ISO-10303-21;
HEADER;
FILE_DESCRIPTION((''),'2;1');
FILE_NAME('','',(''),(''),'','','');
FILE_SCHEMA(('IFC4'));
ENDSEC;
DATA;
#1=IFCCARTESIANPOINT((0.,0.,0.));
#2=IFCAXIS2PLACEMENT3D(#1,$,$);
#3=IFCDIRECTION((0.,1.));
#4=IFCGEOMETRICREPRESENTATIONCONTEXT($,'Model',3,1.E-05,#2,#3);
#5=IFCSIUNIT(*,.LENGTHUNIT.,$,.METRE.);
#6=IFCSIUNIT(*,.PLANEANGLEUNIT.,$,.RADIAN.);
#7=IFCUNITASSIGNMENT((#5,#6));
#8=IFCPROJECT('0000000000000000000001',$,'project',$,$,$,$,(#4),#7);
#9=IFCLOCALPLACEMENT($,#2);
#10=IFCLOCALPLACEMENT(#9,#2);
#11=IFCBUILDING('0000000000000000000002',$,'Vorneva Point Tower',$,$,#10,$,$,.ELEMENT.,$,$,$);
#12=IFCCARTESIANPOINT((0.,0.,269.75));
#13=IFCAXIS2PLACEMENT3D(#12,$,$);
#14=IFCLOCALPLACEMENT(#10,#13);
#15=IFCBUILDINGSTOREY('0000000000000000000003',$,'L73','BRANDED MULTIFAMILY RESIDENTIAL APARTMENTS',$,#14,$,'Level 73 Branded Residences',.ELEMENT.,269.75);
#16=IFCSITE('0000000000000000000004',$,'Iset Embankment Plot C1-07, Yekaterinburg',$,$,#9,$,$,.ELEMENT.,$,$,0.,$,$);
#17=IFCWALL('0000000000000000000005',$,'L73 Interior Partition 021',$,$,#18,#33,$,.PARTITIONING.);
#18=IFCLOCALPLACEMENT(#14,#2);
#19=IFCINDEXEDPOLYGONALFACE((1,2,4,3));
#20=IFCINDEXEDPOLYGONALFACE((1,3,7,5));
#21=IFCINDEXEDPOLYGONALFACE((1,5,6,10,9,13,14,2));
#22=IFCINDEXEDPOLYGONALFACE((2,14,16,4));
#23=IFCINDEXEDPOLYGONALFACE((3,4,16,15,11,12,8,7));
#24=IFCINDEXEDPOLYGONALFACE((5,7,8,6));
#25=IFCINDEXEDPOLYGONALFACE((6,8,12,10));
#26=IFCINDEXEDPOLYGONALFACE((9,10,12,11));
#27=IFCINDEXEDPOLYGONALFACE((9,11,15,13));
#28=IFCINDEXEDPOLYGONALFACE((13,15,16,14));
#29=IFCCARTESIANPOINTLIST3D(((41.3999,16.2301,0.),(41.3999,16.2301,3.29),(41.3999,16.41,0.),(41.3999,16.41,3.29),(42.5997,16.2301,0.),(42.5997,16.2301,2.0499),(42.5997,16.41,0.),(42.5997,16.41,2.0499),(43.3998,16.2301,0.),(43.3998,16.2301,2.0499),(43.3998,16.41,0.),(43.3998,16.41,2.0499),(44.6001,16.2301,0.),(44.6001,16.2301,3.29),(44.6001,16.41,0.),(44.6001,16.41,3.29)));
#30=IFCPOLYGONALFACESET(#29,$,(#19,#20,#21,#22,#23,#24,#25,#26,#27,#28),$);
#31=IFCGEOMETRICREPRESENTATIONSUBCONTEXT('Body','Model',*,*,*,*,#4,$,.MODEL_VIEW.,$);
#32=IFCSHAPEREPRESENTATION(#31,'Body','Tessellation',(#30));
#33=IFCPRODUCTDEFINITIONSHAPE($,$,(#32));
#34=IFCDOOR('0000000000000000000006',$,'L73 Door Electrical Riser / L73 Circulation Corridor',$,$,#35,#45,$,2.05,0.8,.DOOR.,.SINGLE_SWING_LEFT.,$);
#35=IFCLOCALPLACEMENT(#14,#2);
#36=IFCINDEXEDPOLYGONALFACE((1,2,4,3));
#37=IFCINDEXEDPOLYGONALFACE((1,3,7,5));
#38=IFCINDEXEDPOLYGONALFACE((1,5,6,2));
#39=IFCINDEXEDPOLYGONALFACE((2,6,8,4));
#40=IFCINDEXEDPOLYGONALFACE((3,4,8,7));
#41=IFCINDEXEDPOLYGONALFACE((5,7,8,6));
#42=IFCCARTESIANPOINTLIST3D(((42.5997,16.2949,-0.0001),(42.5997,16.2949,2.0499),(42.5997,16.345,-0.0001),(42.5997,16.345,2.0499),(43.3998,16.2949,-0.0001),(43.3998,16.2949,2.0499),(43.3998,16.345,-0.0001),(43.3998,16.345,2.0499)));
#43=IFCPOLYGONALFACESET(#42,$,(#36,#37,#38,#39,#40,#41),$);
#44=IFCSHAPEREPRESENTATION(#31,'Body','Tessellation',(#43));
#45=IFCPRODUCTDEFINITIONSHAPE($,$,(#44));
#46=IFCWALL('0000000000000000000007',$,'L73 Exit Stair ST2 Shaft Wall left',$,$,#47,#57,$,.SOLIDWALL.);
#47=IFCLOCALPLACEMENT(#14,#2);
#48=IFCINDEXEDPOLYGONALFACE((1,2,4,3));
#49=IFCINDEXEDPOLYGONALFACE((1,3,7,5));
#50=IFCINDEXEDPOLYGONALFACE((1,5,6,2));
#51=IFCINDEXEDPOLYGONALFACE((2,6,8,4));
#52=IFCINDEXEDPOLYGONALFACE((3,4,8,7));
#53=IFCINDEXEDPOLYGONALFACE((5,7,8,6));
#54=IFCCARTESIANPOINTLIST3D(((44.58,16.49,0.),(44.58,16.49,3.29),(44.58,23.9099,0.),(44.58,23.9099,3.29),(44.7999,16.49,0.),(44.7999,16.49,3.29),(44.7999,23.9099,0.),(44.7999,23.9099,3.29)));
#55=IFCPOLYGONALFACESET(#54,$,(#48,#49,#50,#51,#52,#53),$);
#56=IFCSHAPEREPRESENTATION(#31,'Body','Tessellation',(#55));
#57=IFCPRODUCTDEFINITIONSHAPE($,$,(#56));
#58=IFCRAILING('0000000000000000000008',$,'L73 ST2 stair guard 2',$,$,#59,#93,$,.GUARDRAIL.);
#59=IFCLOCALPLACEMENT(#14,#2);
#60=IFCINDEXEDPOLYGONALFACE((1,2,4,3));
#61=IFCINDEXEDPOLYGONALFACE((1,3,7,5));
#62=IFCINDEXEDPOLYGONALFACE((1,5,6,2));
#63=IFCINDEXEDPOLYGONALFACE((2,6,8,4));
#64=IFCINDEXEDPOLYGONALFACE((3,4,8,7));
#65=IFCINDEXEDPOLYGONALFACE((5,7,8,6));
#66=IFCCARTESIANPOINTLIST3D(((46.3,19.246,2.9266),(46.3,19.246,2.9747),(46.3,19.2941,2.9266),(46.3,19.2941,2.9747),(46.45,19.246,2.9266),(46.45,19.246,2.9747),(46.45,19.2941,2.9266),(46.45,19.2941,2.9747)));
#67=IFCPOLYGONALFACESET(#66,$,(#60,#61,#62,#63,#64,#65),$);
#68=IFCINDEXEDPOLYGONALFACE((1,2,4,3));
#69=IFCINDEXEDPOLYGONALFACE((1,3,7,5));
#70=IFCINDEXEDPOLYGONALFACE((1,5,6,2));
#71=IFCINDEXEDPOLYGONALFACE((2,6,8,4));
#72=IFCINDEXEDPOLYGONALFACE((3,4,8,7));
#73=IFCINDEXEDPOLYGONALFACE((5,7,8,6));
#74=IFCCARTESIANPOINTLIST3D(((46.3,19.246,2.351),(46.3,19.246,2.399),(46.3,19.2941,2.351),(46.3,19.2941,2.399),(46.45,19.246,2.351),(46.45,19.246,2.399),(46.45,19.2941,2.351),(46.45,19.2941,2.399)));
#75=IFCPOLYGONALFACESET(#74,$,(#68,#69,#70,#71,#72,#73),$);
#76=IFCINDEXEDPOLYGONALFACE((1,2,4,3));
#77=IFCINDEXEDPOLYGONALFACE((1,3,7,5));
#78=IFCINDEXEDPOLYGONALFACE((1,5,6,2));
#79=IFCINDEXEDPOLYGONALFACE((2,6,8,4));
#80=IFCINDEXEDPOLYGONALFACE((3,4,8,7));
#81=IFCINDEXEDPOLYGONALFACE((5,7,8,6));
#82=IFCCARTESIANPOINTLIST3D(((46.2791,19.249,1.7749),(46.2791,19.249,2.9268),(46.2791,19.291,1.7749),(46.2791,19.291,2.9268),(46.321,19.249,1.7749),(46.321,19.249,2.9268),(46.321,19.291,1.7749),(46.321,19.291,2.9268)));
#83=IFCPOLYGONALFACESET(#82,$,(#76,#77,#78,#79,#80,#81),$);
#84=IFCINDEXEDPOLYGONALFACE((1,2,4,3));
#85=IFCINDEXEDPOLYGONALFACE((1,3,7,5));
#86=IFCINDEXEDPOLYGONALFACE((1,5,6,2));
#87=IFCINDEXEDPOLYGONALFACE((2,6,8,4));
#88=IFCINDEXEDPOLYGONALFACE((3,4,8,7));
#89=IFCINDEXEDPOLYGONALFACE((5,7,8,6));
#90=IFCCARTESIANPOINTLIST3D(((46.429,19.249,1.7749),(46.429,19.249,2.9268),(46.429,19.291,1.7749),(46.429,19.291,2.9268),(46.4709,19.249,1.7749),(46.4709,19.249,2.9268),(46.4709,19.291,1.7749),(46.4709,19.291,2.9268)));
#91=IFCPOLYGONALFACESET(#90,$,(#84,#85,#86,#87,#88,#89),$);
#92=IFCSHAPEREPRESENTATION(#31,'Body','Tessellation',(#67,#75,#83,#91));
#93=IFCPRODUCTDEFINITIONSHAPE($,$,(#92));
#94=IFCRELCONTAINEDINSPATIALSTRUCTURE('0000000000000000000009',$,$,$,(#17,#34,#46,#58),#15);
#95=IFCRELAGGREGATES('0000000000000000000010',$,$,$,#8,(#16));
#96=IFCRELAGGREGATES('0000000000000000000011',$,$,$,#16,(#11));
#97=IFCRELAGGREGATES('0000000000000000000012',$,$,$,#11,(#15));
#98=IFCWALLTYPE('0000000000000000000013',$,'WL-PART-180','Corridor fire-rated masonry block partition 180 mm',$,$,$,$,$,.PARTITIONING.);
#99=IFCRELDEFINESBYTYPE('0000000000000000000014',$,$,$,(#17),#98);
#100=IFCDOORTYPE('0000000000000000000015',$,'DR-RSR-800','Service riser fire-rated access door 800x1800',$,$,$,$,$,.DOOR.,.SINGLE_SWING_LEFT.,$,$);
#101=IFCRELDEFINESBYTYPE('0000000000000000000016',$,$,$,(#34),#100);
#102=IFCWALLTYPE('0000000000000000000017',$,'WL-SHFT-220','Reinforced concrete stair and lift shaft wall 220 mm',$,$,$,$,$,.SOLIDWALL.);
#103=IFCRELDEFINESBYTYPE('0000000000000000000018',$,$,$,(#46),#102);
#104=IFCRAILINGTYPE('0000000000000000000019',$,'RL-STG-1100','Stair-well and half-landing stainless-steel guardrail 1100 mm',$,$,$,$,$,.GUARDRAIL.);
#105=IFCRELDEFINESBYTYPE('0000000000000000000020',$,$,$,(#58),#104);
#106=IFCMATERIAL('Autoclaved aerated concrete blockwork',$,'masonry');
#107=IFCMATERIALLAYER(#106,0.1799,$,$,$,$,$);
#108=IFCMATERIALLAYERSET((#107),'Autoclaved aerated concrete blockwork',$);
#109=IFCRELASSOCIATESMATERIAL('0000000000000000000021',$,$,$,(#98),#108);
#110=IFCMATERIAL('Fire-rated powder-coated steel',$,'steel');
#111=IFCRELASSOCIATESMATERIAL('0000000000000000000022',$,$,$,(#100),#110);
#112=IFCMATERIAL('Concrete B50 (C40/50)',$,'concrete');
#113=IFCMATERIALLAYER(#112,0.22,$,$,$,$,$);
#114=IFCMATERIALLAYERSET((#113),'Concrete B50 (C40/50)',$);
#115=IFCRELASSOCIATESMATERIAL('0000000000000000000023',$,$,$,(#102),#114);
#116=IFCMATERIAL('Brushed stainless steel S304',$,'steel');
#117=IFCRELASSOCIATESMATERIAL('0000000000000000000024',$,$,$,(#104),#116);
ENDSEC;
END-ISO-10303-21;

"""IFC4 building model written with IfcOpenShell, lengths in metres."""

from ifc_helpers import new_model, si_unit, direction, frame, frame_2d, origin, origin_2d, place, context, subcontext, project, spatial, rectangle, extrude, material, layer, layer_set, type_object, element, fill, save


model = new_model("IFC4")

# Units and contexts
model_context = context("Model", 3, precision=1e-05, world=origin(), true_north=direction((0.0, 1.0)))
body_context = subcontext(model_context, "Body", "Model", "MODEL_VIEW")
ifc_project = project(units=[si_unit("LENGTHUNIT", "METRE"), si_unit("PLANEANGLEUNIT", "RADIAN")], contexts=[model_context])

# Site, building, storey
site_placement = place(None, origin())
site = spatial("IfcSite", under=ifc_project, at=site_placement, Name="Iset Embankment Plot C1-07, Yekaterinburg", CompositionType="ELEMENT", RefElevation=0.0)
building_placement = place(site_placement, origin())
building = spatial("IfcBuilding", under=site, at=building_placement, Name="Vorneva Point Tower", CompositionType="ELEMENT")
storey_placement = place(building_placement, frame((0.0, 0.0, 269.75)))
storey = spatial("IfcBuildingStorey", under=building, at=storey_placement, Name="L73", Description="BRANDED MULTIFAMILY RESIDENTIAL APARTMENTS", LongName="Level 73 Branded Residences", CompositionType="ELEMENT", Elevation=269.75)

# Wall, opening, door
ifc_material_1 = material(Name="Autoclaved aerated concrete blockwork", Category="masonry")
ifc_layer_1 = layer(ifc_material_1, 0.1799)
ifc_layer_set_1 = layer_set([ifc_layer_1], Name="Autoclaved aerated concrete blockwork")
wall_type_1 = type_object("IfcWallType", Name="WL-PART-180", Description="Corridor fire-rated masonry block partition 180 mm", PredefinedType="PARTITIONING", material=ifc_layer_set_1)
ifc_material_2 = material(Name="Fire-rated powder-coated steel", Category="steel")
door_type_1 = type_object("IfcDoorType", Name="DR-RSR-800", Description="Service riser fire-rated access door 800x1800", OperationType="SINGLE_SWING_LEFT", PredefinedType="DOOR", material=ifc_material_2)
wall_1_placement = place(storey_placement, frame((41.3999, 16.3201, 0.0), z_axis=(0.0, 0.0, 1.0), x_axis=(1.0, 0.0, 0.0)))
wall_1 = element("IfcWall", 1, at=wall_1_placement, inside=storey, type_object=wall_type_1, Name="L73 Interior Partition 021", PredefinedType="PARTITIONING", context=body_context, shape_type="SweptSolid", body=[
    extrude(rectangle(XDim=3.2002, YDim=0.1799, at=frame_2d((1.6001, 0.0))), origin(), (0.0, 0.0, 1.0), 3.29),
])
opening_1_placement = place(wall_1_placement, frame((1.2, 0.0, 0.0)))
opening_1 = element("IfcOpeningElement", 2, at=opening_1_placement, cuts=wall_1, PredefinedType="OPENING", context=body_context, shape_type="SweptSolid", body=[
    extrude(rectangle(XDim=0.8, YDim=2.05, at=frame_2d((0.3999, 1.0249))), frame((0.0, 0.105, 0.0), z_axis=(0.0, -1.0, 0.0), x_axis=(1.0, 0.0, 0.0)), (0.0, 0.0, 1.0), 0.2097),
])
door_1_placement = place(opening_1_placement, origin())
door_1 = element("IfcDoor", 3, at=door_1_placement, inside=storey, type_object=door_type_1, Name="L73 Door Electrical Riser / L73 Circulation Corridor", OperationType="SINGLE_SWING_LEFT", OverallHeight=2.05, OverallWidth=0.8, PredefinedType="DOOR", context=body_context, shape_type="SweptSolid", body=[
    extrude(rectangle(XDim=0.8, YDim=2.05, at=frame_2d((0.3999, 1.0249))), frame((0.0, 0.0249, 0.0), z_axis=(0.0, -1.0, 0.0), x_axis=(1.0, 0.0, 0.0)), (0.0, 0.0, 1.0), 0.05),
])
fill(opening_1, door_1)

# Wall
ifc_material_3 = material(Name="Concrete B50 (C40/50)", Category="concrete")
ifc_layer_2 = layer(ifc_material_3, 0.22)
ifc_layer_set_2 = layer_set([ifc_layer_2], Name="Concrete B50 (C40/50)")
wall_type_2 = type_object("IfcWallType", Name="WL-SHFT-220", Description="Reinforced concrete stair and lift shaft wall 220 mm", PredefinedType="SOLIDWALL", material=ifc_layer_set_2)
wall_2_placement = place(storey_placement, frame((44.6899, 16.49, 0.0), z_axis=(0.0, 0.0, 1.0), x_axis=(0.0, 1.0, 0.0)))
element("IfcWall", 4, at=wall_2_placement, inside=storey, type_object=wall_type_2, Name="L73 Exit Stair ST2 Shaft Wall left", PredefinedType="SOLIDWALL", context=body_context, shape_type="SweptSolid", body=[
    extrude(rectangle(XDim=7.4199, YDim=0.22, at=frame_2d((3.71, 0.0))), origin(), (0.0, 0.0, 1.0), 3.29),
])

# Railing
ifc_material_4 = material(Name="Brushed stainless steel S304", Category="steel")
railing_type = type_object("IfcRailingType", Name="RL-STG-1100", Description="Stair-well and half-landing stainless-steel guardrail 1100 mm", PredefinedType="GUARDRAIL", material=ifc_material_4)
railing_placement = place(storey_placement, frame((46.3, 19.27, 1.7749)))
element("IfcRailing", 5, at=railing_placement, inside=storey, type_object=railing_type, Name="L73 ST2 stair guard 2", PredefinedType="GUARDRAIL", context=body_context, shape_type="SweptSolid", body=[
    extrude(rectangle(XDim=0.0481, YDim=0.0481, at=origin_2d()), frame((0.0, 0.0, 1.1758), z_axis=(1.0, 0.0, 0.0), x_axis=(0.0, 1.0, 0.0)), (0.0, 0.0, 1.0), 0.1499),
    extrude(rectangle(XDim=0.0481, YDim=0.0481, at=origin_2d()), frame((0.0, 0.0, 0.6001), z_axis=(1.0, 0.0, 0.0), x_axis=(0.0, 1.0, 0.0)), (0.0, 0.0, 1.0), 0.1499),
    extrude(rectangle(XDim=0.042, YDim=0.042, at=origin_2d()), origin(), (0.0, 0.0, 1.0), 1.1519),
    extrude(rectangle(XDim=0.042, YDim=0.042, at=origin_2d()), frame((0.1499, 0.0, 0.0)), (0.0, 0.0, 1.0), 1.1519),
])

save(model, "model.ifc")
